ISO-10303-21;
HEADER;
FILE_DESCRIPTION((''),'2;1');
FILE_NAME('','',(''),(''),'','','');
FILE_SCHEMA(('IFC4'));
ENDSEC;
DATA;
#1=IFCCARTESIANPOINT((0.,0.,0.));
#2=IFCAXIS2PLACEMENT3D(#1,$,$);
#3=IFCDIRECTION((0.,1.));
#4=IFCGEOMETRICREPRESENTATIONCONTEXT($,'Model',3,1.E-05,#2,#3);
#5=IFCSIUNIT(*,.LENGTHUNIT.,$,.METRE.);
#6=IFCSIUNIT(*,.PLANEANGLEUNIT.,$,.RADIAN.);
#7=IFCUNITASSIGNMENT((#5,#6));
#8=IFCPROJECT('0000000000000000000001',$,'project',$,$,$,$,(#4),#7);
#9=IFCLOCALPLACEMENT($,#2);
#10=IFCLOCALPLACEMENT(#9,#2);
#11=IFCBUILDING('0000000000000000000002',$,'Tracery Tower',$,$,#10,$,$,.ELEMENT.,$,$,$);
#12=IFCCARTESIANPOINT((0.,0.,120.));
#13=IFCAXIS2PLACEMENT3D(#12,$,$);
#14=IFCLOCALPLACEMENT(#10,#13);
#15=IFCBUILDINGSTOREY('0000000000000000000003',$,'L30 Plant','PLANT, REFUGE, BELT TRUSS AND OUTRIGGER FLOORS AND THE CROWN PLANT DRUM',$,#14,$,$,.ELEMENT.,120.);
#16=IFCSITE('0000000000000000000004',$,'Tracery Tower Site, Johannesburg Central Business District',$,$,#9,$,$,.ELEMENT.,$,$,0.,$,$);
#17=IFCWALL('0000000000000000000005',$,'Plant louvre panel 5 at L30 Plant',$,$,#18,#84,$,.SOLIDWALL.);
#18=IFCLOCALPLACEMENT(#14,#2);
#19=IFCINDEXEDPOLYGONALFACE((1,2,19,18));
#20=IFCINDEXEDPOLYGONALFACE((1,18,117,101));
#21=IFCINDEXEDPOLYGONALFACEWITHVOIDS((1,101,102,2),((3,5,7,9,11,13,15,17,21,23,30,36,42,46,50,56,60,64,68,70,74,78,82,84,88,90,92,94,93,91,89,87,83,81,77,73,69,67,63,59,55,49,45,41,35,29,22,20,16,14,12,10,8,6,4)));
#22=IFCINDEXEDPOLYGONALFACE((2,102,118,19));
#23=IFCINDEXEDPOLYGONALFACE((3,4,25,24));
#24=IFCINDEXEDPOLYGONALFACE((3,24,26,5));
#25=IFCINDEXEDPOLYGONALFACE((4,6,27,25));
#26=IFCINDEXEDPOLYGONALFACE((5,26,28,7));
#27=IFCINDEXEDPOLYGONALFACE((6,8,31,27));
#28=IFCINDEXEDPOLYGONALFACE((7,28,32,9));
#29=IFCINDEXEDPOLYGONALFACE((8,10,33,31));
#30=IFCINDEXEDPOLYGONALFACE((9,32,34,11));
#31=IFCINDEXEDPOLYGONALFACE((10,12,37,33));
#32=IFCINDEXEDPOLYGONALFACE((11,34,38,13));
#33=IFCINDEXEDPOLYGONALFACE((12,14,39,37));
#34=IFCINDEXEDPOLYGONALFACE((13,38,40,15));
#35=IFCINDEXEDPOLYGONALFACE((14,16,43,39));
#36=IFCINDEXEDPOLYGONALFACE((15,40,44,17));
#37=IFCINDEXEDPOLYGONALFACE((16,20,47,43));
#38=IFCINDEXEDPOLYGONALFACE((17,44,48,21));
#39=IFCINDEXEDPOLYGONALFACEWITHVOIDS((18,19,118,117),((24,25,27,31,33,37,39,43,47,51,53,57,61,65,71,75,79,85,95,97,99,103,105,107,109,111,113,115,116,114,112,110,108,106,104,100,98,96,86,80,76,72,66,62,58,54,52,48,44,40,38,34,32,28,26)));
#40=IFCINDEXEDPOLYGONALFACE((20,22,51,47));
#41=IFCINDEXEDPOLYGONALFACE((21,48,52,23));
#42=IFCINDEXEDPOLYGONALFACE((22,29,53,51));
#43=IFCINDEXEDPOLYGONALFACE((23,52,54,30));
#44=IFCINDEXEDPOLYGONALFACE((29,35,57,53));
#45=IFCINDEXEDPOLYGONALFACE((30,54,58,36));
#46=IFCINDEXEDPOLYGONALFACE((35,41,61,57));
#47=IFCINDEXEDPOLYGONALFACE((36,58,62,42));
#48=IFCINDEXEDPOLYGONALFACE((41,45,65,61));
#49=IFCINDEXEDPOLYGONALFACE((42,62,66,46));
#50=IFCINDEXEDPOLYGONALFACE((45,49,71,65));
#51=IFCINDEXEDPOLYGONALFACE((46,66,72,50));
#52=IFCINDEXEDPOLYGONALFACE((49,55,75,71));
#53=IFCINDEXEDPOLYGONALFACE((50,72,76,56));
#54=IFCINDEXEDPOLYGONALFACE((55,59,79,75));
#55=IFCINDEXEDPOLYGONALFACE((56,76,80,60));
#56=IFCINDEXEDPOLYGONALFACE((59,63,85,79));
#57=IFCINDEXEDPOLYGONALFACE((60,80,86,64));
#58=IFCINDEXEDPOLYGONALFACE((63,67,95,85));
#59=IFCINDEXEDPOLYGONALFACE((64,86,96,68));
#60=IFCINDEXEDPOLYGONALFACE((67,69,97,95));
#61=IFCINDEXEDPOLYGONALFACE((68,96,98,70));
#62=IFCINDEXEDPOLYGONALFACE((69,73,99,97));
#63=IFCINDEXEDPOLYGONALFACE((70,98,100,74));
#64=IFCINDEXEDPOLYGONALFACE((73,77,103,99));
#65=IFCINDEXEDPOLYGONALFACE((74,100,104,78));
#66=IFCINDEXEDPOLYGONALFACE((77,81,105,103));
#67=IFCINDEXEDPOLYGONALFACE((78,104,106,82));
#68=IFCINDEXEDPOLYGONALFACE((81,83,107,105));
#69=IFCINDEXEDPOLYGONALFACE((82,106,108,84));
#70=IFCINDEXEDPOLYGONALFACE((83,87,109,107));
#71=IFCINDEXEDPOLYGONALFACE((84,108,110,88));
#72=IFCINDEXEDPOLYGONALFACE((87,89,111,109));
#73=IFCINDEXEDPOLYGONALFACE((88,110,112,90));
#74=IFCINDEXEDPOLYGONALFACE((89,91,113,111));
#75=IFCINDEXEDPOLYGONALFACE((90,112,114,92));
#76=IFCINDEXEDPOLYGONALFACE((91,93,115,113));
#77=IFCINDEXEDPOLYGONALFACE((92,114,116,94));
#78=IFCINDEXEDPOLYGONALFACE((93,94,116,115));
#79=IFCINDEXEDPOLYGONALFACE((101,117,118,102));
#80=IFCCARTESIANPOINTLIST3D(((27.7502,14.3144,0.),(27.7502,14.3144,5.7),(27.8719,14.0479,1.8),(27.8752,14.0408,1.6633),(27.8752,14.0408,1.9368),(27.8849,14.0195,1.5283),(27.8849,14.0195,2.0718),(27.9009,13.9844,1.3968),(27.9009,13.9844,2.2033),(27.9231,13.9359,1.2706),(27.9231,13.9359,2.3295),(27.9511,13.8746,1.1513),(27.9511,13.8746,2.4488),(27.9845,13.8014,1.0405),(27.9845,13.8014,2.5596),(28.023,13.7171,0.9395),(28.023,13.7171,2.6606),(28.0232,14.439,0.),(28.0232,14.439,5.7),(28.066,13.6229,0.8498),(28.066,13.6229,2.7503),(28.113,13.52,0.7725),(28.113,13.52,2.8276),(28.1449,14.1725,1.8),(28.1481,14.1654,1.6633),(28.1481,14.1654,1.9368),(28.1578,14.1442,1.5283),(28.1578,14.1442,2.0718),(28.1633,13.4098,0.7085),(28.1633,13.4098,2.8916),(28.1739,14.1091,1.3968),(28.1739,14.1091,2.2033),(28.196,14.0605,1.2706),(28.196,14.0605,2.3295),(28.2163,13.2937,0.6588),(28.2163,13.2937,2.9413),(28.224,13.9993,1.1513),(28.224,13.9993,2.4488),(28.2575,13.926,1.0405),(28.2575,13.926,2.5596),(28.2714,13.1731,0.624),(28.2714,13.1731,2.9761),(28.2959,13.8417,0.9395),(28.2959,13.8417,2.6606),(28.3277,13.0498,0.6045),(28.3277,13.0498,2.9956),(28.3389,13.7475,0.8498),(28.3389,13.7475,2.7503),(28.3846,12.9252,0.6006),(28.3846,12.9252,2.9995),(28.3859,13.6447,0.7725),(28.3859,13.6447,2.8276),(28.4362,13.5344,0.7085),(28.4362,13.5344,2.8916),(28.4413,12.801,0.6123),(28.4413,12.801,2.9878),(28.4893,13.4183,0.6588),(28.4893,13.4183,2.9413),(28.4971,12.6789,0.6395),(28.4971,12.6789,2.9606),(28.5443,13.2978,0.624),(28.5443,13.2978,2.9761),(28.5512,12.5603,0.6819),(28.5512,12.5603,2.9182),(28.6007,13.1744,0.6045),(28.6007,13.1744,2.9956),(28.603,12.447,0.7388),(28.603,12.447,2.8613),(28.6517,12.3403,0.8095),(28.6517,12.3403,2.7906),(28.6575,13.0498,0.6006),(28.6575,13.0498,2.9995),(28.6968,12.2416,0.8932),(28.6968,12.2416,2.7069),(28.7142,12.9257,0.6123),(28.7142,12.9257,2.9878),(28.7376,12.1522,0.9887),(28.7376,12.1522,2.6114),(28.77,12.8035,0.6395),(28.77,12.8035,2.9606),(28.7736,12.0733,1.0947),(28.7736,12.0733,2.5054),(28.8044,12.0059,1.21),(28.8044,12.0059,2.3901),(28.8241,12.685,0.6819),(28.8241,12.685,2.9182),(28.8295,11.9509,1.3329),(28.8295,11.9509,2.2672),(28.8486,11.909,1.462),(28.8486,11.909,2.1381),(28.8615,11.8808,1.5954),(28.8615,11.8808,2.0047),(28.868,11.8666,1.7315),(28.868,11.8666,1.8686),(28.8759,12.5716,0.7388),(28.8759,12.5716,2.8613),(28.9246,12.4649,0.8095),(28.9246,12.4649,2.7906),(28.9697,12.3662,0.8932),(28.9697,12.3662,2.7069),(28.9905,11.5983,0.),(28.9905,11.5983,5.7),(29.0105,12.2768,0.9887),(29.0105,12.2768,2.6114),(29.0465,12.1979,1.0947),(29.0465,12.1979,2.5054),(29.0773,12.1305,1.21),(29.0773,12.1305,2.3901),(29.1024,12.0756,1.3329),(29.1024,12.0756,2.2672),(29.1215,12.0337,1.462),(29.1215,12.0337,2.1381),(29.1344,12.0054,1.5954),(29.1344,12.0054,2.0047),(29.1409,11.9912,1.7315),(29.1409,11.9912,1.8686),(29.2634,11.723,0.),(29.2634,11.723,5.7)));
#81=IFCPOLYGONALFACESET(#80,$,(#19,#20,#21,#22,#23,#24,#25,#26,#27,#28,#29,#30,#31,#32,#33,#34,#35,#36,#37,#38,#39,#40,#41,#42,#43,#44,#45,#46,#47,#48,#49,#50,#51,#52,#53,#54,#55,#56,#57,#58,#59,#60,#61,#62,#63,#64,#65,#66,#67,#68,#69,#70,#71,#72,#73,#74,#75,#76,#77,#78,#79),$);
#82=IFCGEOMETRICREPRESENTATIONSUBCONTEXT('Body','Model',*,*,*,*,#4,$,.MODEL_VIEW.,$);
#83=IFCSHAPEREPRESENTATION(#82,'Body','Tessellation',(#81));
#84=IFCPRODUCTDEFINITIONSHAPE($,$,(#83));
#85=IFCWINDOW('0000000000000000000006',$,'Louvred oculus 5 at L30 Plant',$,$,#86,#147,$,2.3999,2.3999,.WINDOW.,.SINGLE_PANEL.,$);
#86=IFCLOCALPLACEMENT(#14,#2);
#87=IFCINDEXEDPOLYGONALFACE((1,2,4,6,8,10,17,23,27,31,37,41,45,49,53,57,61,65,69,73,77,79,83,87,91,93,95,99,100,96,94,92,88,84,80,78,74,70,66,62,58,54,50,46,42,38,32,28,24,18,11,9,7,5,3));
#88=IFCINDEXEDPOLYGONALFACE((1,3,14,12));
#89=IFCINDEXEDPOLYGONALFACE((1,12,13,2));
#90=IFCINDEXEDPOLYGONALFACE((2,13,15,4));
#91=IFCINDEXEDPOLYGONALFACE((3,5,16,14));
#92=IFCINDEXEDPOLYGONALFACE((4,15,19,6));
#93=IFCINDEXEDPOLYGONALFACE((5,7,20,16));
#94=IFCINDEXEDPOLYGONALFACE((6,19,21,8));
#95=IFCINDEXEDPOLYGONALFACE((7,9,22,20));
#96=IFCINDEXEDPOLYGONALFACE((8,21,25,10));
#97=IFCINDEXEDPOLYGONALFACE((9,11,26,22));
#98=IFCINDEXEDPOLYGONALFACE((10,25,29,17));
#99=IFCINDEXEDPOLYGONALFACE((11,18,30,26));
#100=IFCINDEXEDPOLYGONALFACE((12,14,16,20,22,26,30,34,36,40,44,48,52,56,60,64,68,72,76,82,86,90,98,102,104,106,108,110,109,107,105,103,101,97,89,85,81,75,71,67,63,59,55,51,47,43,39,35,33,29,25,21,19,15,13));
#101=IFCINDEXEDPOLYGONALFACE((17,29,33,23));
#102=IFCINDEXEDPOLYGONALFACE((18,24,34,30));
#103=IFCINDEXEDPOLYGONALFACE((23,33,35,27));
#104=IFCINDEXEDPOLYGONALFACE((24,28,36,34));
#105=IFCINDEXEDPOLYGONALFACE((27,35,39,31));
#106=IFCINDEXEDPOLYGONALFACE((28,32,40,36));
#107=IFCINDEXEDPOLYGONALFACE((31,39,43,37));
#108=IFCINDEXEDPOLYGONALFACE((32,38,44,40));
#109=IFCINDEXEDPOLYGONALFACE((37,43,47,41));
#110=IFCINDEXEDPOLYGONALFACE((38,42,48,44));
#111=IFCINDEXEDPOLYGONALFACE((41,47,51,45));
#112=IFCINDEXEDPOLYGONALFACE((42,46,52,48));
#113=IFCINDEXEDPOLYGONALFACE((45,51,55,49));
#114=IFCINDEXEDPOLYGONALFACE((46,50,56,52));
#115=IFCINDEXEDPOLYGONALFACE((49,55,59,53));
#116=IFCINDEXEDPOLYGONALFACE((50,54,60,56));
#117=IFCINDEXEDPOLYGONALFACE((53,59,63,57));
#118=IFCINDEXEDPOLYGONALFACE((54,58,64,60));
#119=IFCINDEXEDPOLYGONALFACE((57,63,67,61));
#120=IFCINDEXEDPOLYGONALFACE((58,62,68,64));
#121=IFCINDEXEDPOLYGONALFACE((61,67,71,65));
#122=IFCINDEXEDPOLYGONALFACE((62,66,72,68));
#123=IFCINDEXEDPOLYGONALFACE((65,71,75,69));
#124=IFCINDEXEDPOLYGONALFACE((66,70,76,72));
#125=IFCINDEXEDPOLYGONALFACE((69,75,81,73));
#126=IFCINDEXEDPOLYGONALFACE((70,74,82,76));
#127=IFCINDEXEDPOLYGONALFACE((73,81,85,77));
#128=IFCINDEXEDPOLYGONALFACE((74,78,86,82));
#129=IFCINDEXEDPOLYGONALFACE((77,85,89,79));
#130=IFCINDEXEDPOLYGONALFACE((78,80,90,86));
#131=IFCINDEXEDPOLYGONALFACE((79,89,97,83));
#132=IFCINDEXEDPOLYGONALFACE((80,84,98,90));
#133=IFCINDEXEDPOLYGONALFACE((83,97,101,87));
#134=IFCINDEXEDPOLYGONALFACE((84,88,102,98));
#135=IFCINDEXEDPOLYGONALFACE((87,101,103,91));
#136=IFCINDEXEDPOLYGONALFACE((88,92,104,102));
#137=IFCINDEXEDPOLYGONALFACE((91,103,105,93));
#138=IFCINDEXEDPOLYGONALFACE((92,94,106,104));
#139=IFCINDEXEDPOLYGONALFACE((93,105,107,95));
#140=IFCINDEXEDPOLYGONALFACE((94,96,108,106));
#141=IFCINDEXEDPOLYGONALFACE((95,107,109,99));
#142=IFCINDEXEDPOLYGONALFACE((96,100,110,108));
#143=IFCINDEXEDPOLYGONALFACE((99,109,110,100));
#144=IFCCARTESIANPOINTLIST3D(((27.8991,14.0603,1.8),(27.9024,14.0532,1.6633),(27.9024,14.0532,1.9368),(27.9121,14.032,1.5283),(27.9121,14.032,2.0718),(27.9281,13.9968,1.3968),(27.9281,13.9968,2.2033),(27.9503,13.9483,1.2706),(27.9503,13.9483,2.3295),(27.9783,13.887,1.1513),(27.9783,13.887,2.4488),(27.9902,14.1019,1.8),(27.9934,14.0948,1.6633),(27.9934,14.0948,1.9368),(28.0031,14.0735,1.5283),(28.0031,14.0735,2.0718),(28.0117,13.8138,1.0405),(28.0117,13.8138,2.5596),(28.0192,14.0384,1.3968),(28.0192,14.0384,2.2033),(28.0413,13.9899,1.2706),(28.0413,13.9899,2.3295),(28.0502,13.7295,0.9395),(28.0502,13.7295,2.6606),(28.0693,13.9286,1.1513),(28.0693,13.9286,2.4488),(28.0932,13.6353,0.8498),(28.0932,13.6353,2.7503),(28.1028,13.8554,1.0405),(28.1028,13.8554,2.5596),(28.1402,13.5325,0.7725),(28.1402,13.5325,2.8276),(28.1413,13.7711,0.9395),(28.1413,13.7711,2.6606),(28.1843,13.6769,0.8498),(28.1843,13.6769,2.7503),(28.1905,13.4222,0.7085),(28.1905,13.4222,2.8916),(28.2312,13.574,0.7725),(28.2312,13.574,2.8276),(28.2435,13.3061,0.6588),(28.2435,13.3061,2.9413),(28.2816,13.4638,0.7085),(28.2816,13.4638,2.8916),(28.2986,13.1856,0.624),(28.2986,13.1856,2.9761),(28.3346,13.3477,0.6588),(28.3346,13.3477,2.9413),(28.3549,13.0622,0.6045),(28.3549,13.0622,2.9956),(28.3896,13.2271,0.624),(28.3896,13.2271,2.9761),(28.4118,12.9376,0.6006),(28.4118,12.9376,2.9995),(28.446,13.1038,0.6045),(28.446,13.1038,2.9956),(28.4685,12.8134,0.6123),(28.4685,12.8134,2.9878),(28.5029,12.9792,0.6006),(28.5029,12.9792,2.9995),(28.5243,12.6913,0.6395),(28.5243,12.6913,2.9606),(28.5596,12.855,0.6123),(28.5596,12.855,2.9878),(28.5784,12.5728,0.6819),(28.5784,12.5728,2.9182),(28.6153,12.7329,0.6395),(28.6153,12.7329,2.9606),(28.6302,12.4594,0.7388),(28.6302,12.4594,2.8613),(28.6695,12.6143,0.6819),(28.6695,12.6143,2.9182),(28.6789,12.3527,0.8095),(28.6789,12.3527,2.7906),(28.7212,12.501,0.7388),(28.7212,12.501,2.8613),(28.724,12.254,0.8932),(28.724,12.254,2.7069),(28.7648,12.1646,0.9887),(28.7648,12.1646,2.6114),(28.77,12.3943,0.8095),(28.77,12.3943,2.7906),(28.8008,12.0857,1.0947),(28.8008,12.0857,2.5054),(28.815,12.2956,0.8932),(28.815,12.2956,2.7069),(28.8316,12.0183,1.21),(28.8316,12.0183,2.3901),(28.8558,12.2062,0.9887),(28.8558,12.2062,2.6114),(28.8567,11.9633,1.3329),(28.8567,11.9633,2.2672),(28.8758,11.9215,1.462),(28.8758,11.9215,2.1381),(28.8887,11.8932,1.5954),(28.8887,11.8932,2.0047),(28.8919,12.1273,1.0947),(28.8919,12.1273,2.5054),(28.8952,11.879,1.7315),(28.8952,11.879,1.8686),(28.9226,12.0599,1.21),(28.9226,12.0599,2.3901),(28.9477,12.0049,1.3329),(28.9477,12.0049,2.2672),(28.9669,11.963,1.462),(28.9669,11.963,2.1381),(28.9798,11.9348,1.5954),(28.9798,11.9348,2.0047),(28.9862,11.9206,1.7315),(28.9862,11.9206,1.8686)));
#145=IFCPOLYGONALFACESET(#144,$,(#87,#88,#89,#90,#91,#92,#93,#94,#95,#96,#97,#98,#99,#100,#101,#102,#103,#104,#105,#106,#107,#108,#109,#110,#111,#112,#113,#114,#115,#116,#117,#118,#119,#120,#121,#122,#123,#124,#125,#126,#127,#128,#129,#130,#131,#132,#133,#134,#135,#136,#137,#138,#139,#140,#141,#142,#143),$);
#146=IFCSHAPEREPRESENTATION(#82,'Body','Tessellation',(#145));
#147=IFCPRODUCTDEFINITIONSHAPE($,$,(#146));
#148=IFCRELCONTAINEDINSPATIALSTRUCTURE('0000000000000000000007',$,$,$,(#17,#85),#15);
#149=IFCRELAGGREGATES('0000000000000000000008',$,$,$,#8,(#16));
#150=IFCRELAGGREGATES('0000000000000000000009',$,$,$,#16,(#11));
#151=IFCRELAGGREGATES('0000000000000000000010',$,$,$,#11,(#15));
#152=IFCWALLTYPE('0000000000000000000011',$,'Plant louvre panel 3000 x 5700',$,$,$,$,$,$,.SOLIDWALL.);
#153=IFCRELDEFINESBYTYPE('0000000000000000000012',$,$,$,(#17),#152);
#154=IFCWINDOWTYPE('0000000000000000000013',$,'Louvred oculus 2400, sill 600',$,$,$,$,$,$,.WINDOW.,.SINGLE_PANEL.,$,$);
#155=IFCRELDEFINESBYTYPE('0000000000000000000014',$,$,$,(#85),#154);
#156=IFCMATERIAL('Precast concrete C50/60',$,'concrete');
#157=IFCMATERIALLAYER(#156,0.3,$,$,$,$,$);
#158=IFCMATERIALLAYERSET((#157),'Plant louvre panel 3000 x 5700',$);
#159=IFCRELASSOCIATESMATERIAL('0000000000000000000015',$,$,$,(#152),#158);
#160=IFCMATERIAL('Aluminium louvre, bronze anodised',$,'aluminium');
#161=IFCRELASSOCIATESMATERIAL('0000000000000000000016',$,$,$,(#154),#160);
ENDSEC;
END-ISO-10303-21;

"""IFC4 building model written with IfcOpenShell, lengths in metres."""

from ifc_helpers import new_model, si_unit, direction, frame, frame_2d, origin, origin_2d, place, context, subcontext, project, spatial, rectangle, circle, extrude, material, layer, layer_set, type_object, element, fill, save


model = new_model("IFC4")

# Units and contexts
model_context = context("Model", 3, precision=1e-05, world=origin(), true_north=direction((0.0, 1.0)))
body_context = subcontext(model_context, "Body", "Model", "MODEL_VIEW")
ifc_project = project(units=[si_unit("LENGTHUNIT", "METRE"), si_unit("PLANEANGLEUNIT", "RADIAN")], contexts=[model_context])

# Site, building, storey
site_placement = place(None, origin())
site = spatial("IfcSite", under=ifc_project, at=site_placement, Name="Tracery Tower Site, Johannesburg Central Business District", CompositionType="ELEMENT", RefElevation=0.0)
building_placement = place(site_placement, origin())
building = spatial("IfcBuilding", under=site, at=building_placement, Name="Tracery Tower", CompositionType="ELEMENT")
storey_placement = place(building_placement, frame((0.0, 0.0, 120.0)))
storey = spatial("IfcBuildingStorey", under=building, at=storey_placement, Name="L30 Plant", Description="PLANT, REFUGE, BELT TRUSS AND OUTRIGGER FLOORS AND THE CROWN PLANT DRUM", CompositionType="ELEMENT", Elevation=120.0)

# Wall, opening, window
ifc_material_1 = material(Name="Precast concrete C50/60", Category="concrete")
ifc_layer_1 = layer(ifc_material_1, 0.3)
ifc_layer_set_1 = layer_set([ifc_layer_1], Name="Plant louvre panel 3000 x 5700")
wall_type_1 = type_object("IfcWallType", Name="Plant louvre panel 3000 x 5700", PredefinedType="SOLIDWALL", material=ifc_layer_set_1)
ifc_material_2 = material(Name="Aluminium louvre, bronze anodised", Category="aluminium")
window_type = type_object("IfcWindowType", Name="Louvred oculus 2400, sill 600", PartitioningType="SINGLE_PANEL", PredefinedType="WINDOW", material=ifc_material_2)
wall_1_placement = place(storey_placement, frame((29.127, 11.6606, 0.0), z_axis=(0.0, 0.0, 1.0), x_axis=(-0.415373, 0.909651, 0.0)))
wall_1 = element("IfcWall", 1, at=wall_1_placement, inside=storey, type_object=wall_type_1, Name="Plant louvre panel 5 at L30 Plant", PredefinedType="SOLIDWALL", context=body_context, shape_type="SweptSolid", body=[
    extrude(rectangle(XDim=2.9858, YDim=0.3, at=frame_2d((1.4929, 0.0))), origin(), (0.0, 0.0, 1.0), 5.7),
])
opening_1_placement = place(wall_1_placement, frame((1.4929, 0.0, 1.8)))
opening_1 = element("IfcOpeningElement", 2, at=opening_1_placement, cuts=wall_1, PredefinedType="OPENING", context=body_context, shape_type="SweptSolid", body=[
    extrude(circle(Radius=1.2, at=origin_2d()), frame((0.0, 0.1599, 0.0), z_axis=(0.0, -1.0, 0.0), x_axis=(1.0, 0.0, 0.0)), (0.0, 0.0, 1.0), 0.3201),
])
window_1_placement = place(opening_1_placement, origin())
window_1 = element("IfcWindow", 3, at=window_1_placement, inside=storey, type_object=window_type, Name="Louvred oculus 5 at L30 Plant", OverallHeight=2.3999, OverallWidth=2.3999, PartitioningType="SINGLE_PANEL", PredefinedType="WINDOW", context=body_context, shape_type="SweptSolid", body=[
    extrude(circle(Radius=1.2, at=origin_2d()), frame((0.0, 0.1201, 0.0), z_axis=(0.0, -1.0, 0.0), x_axis=(1.0, 0.0, 0.0)), (0.0, 0.0, 1.0), 0.1001),
])
fill(opening_1, window_1)

save(model, "model.ifc")
